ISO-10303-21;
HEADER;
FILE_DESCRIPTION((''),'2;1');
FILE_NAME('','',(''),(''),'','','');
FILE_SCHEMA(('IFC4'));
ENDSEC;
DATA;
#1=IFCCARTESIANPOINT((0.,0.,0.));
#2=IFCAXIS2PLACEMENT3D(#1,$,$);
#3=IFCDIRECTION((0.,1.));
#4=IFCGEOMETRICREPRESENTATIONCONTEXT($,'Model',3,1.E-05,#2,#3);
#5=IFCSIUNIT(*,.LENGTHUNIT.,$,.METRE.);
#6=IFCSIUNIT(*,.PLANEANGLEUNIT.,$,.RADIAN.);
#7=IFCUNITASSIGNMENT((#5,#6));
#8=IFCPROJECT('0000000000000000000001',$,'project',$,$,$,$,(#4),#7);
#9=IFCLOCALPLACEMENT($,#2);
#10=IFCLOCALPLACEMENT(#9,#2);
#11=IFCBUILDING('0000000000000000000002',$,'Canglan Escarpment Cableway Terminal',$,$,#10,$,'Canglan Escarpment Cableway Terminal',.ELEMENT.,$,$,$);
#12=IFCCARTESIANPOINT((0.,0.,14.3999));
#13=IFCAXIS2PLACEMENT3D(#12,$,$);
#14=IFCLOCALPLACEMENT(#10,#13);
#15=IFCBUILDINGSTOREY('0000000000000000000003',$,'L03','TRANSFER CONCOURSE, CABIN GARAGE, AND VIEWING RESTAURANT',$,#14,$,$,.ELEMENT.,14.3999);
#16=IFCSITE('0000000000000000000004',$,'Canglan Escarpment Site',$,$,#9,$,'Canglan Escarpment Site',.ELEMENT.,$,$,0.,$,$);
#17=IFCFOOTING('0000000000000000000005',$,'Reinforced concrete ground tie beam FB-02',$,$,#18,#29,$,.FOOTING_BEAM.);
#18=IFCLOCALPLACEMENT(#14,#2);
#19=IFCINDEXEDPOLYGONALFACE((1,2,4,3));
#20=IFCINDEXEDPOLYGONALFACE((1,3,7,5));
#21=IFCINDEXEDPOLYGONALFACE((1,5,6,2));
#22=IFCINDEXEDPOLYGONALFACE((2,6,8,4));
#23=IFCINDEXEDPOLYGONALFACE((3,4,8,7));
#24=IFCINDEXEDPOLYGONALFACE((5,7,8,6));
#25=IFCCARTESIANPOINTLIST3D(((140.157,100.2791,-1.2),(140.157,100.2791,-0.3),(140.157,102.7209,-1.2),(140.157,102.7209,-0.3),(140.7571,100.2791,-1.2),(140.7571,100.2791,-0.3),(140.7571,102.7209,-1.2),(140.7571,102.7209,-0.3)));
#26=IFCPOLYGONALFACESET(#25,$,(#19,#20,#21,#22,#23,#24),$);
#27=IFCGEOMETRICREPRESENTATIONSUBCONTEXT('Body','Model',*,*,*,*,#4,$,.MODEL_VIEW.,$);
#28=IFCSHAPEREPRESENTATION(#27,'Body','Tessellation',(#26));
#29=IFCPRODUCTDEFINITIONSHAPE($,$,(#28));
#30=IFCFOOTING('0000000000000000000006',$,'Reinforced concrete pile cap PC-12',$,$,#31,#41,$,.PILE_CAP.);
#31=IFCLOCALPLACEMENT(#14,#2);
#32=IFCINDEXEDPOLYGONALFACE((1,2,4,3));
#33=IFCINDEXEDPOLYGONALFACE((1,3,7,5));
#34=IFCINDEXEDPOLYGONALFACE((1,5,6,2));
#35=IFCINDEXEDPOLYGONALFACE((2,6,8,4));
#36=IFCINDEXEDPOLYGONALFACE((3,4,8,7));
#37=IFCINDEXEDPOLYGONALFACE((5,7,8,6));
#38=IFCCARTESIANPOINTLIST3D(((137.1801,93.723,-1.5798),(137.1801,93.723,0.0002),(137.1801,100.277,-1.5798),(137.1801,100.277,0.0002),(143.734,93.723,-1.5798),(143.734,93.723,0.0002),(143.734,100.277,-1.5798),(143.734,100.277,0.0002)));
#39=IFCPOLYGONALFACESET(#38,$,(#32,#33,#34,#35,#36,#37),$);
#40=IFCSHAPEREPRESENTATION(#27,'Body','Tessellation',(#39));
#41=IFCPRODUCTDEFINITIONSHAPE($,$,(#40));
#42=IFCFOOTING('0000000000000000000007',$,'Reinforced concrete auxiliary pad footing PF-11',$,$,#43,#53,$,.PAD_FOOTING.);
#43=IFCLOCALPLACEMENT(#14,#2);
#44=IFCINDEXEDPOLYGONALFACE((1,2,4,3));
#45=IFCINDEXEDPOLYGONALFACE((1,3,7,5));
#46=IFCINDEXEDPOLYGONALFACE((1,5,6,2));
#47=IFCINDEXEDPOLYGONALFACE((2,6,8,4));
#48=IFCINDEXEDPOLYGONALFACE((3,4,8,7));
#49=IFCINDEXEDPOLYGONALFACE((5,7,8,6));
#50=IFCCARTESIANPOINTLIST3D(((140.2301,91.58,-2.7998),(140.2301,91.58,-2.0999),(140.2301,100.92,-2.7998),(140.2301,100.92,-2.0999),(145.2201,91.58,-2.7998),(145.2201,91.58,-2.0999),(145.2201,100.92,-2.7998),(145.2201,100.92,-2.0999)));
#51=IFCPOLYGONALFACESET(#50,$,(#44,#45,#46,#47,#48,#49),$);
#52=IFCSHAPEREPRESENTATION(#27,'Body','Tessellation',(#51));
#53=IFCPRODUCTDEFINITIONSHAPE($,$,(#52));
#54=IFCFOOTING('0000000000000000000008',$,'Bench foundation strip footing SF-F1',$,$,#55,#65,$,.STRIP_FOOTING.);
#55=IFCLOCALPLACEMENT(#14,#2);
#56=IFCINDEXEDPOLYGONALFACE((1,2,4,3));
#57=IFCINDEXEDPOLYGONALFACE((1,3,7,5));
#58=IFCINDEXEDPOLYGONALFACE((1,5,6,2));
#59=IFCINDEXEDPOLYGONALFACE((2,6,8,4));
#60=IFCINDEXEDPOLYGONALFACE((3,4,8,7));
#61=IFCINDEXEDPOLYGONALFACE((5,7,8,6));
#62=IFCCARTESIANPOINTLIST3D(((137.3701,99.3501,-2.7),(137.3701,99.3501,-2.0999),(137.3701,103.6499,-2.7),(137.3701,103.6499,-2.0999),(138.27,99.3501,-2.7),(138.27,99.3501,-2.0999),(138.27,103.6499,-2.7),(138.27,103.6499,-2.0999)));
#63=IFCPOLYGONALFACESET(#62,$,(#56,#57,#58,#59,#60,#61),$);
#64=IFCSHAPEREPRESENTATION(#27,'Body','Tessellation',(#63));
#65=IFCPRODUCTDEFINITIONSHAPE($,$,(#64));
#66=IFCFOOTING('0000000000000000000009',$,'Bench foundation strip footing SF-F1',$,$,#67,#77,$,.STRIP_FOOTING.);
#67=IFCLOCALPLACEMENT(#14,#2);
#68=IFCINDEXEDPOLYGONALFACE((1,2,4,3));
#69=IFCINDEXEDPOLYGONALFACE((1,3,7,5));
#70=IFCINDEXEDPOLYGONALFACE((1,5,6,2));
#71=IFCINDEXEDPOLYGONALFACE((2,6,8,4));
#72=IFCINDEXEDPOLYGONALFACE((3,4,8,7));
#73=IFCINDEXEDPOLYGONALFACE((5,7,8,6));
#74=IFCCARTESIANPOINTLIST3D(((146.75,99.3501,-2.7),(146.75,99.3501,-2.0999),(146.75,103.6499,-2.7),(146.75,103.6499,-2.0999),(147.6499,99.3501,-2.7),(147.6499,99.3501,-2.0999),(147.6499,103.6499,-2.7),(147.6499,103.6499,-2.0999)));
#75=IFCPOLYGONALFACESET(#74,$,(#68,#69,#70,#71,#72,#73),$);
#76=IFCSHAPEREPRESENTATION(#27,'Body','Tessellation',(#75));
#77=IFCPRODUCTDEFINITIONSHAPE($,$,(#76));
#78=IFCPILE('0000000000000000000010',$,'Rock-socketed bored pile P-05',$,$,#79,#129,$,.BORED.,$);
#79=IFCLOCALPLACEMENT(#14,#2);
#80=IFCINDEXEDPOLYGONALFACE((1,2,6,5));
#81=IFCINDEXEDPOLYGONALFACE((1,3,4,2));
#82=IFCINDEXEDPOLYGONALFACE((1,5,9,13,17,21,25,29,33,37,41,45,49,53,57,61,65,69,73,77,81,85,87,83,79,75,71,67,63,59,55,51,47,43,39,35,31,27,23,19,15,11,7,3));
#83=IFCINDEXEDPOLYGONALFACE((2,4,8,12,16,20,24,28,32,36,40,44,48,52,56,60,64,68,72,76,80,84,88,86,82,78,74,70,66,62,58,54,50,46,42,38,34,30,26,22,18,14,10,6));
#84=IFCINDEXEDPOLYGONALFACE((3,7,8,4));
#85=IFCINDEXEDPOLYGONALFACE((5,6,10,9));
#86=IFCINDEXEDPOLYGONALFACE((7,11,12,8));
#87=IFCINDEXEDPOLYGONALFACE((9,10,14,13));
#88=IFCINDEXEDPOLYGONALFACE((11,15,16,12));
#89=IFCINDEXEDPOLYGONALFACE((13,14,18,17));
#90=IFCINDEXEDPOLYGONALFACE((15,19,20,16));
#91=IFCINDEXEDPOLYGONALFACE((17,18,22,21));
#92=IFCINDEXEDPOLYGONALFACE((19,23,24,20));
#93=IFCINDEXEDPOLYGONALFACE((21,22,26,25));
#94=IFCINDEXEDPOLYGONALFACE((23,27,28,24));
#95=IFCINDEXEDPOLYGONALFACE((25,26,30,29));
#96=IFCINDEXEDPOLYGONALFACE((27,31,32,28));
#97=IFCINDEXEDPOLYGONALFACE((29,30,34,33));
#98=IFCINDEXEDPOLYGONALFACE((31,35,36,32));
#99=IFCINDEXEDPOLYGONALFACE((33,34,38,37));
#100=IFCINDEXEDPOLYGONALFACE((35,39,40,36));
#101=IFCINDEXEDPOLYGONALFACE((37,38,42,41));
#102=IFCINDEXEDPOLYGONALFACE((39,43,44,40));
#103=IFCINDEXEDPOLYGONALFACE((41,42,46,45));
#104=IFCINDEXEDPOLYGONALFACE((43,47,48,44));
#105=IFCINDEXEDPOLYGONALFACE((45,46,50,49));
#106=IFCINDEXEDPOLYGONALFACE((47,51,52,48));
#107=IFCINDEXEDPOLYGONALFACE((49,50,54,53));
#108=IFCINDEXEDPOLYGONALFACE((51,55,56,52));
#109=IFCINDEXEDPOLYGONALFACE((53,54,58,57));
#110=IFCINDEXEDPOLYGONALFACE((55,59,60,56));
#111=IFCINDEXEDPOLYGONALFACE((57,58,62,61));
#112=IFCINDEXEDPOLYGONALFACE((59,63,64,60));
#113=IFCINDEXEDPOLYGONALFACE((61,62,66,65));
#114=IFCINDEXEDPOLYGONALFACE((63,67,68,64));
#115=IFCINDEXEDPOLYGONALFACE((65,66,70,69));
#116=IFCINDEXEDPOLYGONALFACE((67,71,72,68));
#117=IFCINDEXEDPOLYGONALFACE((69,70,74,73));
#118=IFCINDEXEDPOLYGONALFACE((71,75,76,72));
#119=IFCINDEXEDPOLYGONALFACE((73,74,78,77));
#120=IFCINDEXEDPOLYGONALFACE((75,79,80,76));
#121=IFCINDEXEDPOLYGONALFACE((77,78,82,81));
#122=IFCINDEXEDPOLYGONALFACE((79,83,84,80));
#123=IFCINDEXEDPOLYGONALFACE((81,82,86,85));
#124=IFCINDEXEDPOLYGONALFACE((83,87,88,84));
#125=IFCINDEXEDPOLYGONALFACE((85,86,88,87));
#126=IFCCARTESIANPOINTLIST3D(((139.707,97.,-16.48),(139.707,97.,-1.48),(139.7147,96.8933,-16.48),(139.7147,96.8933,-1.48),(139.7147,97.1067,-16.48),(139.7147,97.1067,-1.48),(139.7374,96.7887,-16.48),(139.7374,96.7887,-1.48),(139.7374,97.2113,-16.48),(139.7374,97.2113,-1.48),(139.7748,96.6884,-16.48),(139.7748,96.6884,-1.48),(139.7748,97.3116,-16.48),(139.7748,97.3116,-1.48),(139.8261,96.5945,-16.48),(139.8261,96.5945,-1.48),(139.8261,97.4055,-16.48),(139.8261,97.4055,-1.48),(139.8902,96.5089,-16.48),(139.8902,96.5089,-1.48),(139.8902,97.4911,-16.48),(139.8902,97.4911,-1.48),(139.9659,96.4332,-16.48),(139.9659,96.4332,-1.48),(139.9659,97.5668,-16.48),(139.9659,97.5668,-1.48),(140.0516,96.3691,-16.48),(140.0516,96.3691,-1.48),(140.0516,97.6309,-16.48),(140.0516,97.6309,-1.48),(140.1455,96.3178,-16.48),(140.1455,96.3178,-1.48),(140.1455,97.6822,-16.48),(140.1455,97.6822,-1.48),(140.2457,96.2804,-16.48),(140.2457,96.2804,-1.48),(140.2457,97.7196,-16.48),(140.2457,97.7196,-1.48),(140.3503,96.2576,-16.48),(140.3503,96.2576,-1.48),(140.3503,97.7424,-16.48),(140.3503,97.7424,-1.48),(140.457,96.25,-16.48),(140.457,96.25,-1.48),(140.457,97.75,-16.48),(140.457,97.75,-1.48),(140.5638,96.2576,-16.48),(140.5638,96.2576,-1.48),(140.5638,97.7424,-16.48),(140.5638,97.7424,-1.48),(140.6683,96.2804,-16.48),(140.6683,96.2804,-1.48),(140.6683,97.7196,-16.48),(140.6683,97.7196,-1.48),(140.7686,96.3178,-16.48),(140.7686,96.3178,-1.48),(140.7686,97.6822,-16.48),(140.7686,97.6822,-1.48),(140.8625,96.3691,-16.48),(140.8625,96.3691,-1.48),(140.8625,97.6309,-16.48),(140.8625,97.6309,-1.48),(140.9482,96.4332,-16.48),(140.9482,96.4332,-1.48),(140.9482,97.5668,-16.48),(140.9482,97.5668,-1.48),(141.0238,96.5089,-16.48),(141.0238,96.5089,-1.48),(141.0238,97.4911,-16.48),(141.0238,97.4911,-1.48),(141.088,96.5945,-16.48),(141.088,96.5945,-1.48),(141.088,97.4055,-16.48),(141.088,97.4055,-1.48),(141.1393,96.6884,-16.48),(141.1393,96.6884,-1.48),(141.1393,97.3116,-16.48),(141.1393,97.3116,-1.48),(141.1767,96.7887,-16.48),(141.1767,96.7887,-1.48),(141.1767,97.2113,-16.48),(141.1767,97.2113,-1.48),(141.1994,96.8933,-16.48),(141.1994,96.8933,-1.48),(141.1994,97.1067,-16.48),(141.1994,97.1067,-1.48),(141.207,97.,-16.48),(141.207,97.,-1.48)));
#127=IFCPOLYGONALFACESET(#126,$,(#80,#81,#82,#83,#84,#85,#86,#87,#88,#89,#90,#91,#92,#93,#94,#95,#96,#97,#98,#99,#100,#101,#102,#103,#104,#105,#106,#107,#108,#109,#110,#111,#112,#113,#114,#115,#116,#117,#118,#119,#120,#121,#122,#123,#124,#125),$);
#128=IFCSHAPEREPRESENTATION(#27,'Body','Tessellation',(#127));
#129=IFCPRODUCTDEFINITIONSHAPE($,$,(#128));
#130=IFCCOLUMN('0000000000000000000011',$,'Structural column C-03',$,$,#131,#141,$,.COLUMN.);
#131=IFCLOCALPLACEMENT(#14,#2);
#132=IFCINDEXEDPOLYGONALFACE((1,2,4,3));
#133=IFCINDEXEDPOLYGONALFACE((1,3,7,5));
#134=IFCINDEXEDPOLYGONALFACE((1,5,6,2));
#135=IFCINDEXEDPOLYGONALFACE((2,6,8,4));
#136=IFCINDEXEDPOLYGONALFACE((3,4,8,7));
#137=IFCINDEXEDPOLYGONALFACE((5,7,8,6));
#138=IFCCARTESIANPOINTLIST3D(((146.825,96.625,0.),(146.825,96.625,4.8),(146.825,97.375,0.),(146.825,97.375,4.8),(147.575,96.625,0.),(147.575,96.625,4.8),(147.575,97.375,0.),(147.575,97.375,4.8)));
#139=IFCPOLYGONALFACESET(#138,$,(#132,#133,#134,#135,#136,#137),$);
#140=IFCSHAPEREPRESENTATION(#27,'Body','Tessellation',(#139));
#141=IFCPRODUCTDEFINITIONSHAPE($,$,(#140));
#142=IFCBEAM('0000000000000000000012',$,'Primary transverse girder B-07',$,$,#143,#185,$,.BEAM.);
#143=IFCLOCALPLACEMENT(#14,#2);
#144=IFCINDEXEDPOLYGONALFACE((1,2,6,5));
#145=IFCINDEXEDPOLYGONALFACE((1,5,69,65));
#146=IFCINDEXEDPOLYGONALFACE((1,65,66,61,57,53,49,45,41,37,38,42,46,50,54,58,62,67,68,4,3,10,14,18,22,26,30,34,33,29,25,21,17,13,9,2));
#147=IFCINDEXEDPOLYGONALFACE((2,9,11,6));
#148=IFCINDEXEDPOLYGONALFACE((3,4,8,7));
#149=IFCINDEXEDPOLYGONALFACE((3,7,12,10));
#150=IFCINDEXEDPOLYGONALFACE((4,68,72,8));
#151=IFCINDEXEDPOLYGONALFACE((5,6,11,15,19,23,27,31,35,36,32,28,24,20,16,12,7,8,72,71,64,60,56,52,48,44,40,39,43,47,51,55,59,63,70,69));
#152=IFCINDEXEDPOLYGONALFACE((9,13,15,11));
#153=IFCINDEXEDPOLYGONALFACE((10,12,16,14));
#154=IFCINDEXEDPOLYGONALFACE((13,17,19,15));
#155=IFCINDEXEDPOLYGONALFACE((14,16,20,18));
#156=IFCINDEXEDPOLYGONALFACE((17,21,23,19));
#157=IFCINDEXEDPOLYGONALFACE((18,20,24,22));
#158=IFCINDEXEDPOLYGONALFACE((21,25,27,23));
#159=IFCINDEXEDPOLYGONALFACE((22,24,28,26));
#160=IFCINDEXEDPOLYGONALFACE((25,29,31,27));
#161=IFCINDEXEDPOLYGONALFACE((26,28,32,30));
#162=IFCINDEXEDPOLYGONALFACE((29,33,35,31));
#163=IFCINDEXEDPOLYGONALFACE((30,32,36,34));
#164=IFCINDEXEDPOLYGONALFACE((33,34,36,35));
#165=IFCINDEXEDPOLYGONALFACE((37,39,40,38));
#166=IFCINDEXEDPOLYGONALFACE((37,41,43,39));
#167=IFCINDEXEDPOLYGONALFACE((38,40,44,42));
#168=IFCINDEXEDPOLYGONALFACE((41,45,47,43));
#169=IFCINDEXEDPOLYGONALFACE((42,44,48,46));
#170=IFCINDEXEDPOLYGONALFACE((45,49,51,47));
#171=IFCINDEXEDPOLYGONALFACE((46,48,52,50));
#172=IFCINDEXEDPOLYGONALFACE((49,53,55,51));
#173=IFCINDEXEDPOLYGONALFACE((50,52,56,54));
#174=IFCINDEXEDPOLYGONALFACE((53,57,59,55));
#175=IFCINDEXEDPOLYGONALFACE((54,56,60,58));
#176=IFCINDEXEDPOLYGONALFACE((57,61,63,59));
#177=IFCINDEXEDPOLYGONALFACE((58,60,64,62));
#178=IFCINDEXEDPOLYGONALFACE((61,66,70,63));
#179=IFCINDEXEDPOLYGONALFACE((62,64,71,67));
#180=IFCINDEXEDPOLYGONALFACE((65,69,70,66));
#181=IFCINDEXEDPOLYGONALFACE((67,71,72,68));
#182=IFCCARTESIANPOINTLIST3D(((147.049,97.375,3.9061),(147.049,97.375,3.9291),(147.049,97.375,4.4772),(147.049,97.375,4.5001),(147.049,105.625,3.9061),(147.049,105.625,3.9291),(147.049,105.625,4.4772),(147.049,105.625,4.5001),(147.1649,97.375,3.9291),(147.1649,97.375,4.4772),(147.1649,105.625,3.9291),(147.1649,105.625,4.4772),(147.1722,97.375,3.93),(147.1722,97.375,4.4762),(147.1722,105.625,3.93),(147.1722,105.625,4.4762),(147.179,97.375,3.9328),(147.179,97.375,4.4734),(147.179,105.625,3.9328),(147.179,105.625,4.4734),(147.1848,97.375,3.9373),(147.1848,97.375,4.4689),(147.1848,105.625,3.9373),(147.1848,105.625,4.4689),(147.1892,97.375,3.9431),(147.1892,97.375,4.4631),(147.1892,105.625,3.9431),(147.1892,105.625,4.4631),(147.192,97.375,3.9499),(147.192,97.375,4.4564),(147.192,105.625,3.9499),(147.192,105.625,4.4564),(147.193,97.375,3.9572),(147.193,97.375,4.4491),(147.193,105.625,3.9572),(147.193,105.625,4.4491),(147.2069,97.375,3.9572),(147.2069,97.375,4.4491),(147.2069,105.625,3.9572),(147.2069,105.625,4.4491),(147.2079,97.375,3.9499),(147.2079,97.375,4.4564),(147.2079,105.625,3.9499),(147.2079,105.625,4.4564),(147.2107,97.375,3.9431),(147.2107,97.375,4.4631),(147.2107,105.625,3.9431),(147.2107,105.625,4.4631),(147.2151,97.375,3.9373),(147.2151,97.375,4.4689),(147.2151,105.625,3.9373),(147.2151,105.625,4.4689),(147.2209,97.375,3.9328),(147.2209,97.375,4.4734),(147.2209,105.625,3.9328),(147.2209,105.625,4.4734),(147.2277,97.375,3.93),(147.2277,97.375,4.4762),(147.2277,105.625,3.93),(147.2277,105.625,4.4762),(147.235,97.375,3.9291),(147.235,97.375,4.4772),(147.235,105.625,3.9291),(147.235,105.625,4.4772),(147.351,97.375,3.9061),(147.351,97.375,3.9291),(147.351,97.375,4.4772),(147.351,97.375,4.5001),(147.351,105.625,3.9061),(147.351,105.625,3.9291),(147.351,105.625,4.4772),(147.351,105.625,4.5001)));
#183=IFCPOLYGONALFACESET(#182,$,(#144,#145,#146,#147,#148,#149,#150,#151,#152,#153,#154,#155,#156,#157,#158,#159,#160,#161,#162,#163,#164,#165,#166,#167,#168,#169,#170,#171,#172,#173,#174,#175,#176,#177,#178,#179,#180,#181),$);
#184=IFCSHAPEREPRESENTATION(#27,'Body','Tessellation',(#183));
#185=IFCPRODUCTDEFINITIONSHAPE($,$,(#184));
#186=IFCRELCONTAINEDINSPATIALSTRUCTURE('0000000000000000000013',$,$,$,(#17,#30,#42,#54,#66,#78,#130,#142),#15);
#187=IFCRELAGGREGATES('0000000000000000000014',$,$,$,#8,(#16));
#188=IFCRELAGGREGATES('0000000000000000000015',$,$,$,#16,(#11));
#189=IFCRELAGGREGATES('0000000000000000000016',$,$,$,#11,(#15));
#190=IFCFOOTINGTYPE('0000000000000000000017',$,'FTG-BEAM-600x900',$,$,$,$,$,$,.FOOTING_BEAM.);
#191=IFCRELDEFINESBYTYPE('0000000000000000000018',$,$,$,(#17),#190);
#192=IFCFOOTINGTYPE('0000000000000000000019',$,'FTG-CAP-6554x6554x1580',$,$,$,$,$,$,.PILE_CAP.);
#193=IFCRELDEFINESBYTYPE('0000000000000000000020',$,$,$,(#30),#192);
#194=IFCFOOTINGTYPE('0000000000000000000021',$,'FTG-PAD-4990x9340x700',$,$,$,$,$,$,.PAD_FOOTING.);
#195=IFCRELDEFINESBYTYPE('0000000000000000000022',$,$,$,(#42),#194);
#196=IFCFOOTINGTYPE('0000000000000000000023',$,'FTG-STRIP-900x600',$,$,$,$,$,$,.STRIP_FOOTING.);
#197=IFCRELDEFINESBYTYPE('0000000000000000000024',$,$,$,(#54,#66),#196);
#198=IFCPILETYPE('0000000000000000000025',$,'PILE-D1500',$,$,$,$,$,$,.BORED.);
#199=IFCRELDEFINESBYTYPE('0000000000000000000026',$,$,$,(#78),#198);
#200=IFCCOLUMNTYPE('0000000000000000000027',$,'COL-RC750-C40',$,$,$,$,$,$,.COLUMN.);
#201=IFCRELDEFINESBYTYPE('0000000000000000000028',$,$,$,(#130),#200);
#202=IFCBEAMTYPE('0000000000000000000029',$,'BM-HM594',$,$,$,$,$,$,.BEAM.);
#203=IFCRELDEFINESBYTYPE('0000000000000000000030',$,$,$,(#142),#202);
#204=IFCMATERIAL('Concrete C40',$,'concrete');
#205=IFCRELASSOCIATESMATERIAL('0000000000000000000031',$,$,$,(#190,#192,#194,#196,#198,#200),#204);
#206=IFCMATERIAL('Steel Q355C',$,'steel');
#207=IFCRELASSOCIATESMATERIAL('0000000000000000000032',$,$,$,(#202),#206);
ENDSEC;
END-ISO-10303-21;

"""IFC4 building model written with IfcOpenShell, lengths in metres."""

from ifc_helpers import new_model, si_unit, direction, frame, origin, origin_2d, place, context, subcontext, project, spatial, rectangle, circle, i_section, extrude, material, material_profile, profile_set, type_object, element, save


model = new_model("IFC4")

# Units and contexts
model_context = context("Model", 3, precision=1e-05, world=origin(), true_north=direction((0.0, 1.0)))
body_context = subcontext(model_context, "Body", "Model", "MODEL_VIEW")
ifc_project = project(units=[si_unit("LENGTHUNIT", "METRE"), si_unit("PLANEANGLEUNIT", "RADIAN")], contexts=[model_context])

# Site, building, storey
site_placement = place(None, origin())
site = spatial("IfcSite", under=ifc_project, at=site_placement, Name="Canglan Escarpment Site", LongName="Canglan Escarpment Site", CompositionType="ELEMENT", RefElevation=0.0)
building_placement = place(site_placement, origin())
building = spatial("IfcBuilding", under=site, at=building_placement, Name="Canglan Escarpment Cableway Terminal", LongName="Canglan Escarpment Cableway Terminal", CompositionType="ELEMENT")
storey_placement = place(building_placement, frame((0.0, 0.0, 14.3999)))
storey = spatial("IfcBuildingStorey", under=building, at=storey_placement, Name="L03", Description="TRANSFER CONCOURSE, CABIN GARAGE, AND VIEWING RESTAURANT", CompositionType="ELEMENT", Elevation=14.3999)

# Footings
ifc_material_1 = material(Name="Concrete C40", Category="concrete")
ifc_material_profile_1 = material_profile(ifc_material_1, rectangle(XDim=0.6001, YDim=0.8999, at=origin_2d()), Name="FB 600x900")
ifc_profile_set_1 = profile_set([ifc_material_profile_1], Name="Concrete C40")
footing_type_1 = type_object("IfcFootingType", Name="FTG-BEAM-600x900", PredefinedType="FOOTING_BEAM", material=ifc_profile_set_1)
footing_1_placement = place(storey_placement, frame((140.457, 100.2791, -0.75), z_axis=(0.0, 1.0, 0.0), x_axis=(-1.0, 0.0, 0.0)))
element("IfcFooting", 1, at=footing_1_placement, inside=storey, type_object=footing_type_1, Name="Reinforced concrete ground tie beam FB-02", PredefinedType="FOOTING_BEAM", context=body_context, shape_type="SweptSolid", body=[
    extrude(rectangle(XDim=0.6001, YDim=0.8999, at=origin_2d()), origin(), (0.0, 0.0, 1.0), 2.4419),
])
footing_type_2 = type_object("IfcFootingType", Name="FTG-CAP-6554x6554x1580", PredefinedType="PILE_CAP", material=ifc_material_1)
footing_2_placement = place(storey_placement, frame((140.457, 97.0, -1.5798), z_axis=(0.0, 0.0, 1.0), x_axis=(1.0, 0.0, 0.0)))
element("IfcFooting", 2, at=footing_2_placement, inside=storey, type_object=footing_type_2, Name="Reinforced concrete pile cap PC-12", PredefinedType="PILE_CAP", context=body_context, shape_type="SweptSolid", body=[
    extrude(rectangle(XDim=6.554, YDim=6.554, at=origin_2d()), origin(), (0.0, 0.0, 1.0), 1.5801),
])
footing_type_3 = type_object("IfcFootingType", Name="FTG-PAD-4990x9340x700", PredefinedType="PAD_FOOTING", material=ifc_material_1)
footing_3_placement = place(storey_placement, frame((142.7251, 96.25, -2.7998), z_axis=(0.0, 0.0, 1.0), x_axis=(1.0, 0.0, 0.0)))
element("IfcFooting", 3, at=footing_3_placement, inside=storey, type_object=footing_type_3, Name="Reinforced concrete auxiliary pad footing PF-11", PredefinedType="PAD_FOOTING", context=body_context, shape_type="SweptSolid", body=[
    extrude(rectangle(XDim=4.99, YDim=9.3401, at=origin_2d()), origin(), (0.0, 0.0, 1.0), 0.7),
])
ifc_material_profile_2 = material_profile(ifc_material_1, rectangle(XDim=0.8999, YDim=0.6001, at=origin_2d()), Name="SF 900x600")
ifc_profile_set_2 = profile_set([ifc_material_profile_2], Name="Concrete C40")
footing_type_4 = type_object("IfcFootingType", Name="FTG-STRIP-900x600", PredefinedType="STRIP_FOOTING", material=ifc_profile_set_2)
for number, where, z_axis, x_axis, name in (
    (4, (137.8201, 99.3501, -2.3999), (0.0, 1.0, 0.0), (-1.0, 0.0, 0.0), "Bench foundation strip footing SF-F1"),
    (5, (147.2, 99.3501, -2.3999), (0.0, 1.0, 0.0), (-1.0, 0.0, 0.0), "Bench foundation strip footing SF-F1"),
):
    element("IfcFooting", number, at=place(storey_placement, frame(where, z_axis=z_axis, x_axis=x_axis)), inside=storey, type_object=footing_type_4, Name=name, PredefinedType="STRIP_FOOTING", context=body_context, shape_type="SweptSolid", body=[
        extrude(rectangle(XDim=0.8999, YDim=0.6001, at=origin_2d()), origin(), (0.0, 0.0, 1.0), 4.2998),
    ])

# Pile
ifc_material_profile_3 = material_profile(ifc_material_1, circle(Radius=0.75, at=origin_2d()), Name="BORED PILE D1500")
ifc_profile_set_3 = profile_set([ifc_material_profile_3], Name="Concrete C40")
pile_type = type_object("IfcPileType", Name="PILE-D1500", PredefinedType="BORED", material=ifc_profile_set_3)
pile_placement = place(storey_placement, frame((140.457, 97.0, -1.48), z_axis=(0.0, 0.0, -1.0), x_axis=(1.0, 0.0, 0.0)))
element("IfcPile", 6, at=pile_placement, inside=storey, type_object=pile_type, Name="Rock-socketed bored pile P-05", PredefinedType="BORED", context=body_context, shape_type="SweptSolid", body=[
    extrude(circle(Radius=0.75, at=origin_2d()), origin(), (0.0, 0.0, 1.0), 15.0),
])

# Column
ifc_material_profile_4 = material_profile(ifc_material_1, rectangle(XDim=0.75, YDim=0.75, at=origin_2d()), Name="RC 750x750")
ifc_profile_set_4 = profile_set([ifc_material_profile_4], Name="Concrete C40")
column_type = type_object("IfcColumnType", Name="COL-RC750-C40", PredefinedType="COLUMN", material=ifc_profile_set_4)
column_placement = place(storey_placement, frame((147.2, 97.0, 0.0), z_axis=(0.0, 0.0, 1.0), x_axis=(1.0, 0.0, 0.0)))
element("IfcColumn", 7, at=column_placement, inside=storey, type_object=column_type, Name="Structural column C-03", PredefinedType="COLUMN", context=body_context, shape_type="SweptSolid", body=[
    extrude(rectangle(XDim=0.75, YDim=0.75, at=origin_2d()), origin(), (0.0, 0.0, 1.0), 4.8),
])

# Beam
ifc_material_2 = material(Name="Steel Q355C", Category="steel")
ifc_material_profile_5 = material_profile(ifc_material_2, i_section(OverallWidth=0.302, OverallDepth=0.594, WebThickness=0.0139, FlangeThickness=0.0229, FilletRadius=0.0281, at=origin_2d()), Name="HM 594x302x14x23")
ifc_profile_set_5 = profile_set([ifc_material_profile_5], Name="Steel Q355C")
beam_type = type_object("IfcBeamType", Name="BM-HM594", PredefinedType="BEAM", material=ifc_profile_set_5)
beam_placement = place(storey_placement, frame((147.2, 97.375, 4.2031), z_axis=(0.0, 1.0, 0.0), x_axis=(-1.0, 0.0, 0.0)))
element("IfcBeam", 8, at=beam_placement, inside=storey, type_object=beam_type, Name="Primary transverse girder B-07", PredefinedType="BEAM", context=body_context, shape_type="SweptSolid", body=[
    extrude(i_section(OverallWidth=0.302, OverallDepth=0.594, WebThickness=0.0139, FlangeThickness=0.0229, FilletRadius=0.0281, at=origin_2d()), origin(), (0.0, 0.0, 1.0), 8.25),
])

save(model, "model.ifc")
